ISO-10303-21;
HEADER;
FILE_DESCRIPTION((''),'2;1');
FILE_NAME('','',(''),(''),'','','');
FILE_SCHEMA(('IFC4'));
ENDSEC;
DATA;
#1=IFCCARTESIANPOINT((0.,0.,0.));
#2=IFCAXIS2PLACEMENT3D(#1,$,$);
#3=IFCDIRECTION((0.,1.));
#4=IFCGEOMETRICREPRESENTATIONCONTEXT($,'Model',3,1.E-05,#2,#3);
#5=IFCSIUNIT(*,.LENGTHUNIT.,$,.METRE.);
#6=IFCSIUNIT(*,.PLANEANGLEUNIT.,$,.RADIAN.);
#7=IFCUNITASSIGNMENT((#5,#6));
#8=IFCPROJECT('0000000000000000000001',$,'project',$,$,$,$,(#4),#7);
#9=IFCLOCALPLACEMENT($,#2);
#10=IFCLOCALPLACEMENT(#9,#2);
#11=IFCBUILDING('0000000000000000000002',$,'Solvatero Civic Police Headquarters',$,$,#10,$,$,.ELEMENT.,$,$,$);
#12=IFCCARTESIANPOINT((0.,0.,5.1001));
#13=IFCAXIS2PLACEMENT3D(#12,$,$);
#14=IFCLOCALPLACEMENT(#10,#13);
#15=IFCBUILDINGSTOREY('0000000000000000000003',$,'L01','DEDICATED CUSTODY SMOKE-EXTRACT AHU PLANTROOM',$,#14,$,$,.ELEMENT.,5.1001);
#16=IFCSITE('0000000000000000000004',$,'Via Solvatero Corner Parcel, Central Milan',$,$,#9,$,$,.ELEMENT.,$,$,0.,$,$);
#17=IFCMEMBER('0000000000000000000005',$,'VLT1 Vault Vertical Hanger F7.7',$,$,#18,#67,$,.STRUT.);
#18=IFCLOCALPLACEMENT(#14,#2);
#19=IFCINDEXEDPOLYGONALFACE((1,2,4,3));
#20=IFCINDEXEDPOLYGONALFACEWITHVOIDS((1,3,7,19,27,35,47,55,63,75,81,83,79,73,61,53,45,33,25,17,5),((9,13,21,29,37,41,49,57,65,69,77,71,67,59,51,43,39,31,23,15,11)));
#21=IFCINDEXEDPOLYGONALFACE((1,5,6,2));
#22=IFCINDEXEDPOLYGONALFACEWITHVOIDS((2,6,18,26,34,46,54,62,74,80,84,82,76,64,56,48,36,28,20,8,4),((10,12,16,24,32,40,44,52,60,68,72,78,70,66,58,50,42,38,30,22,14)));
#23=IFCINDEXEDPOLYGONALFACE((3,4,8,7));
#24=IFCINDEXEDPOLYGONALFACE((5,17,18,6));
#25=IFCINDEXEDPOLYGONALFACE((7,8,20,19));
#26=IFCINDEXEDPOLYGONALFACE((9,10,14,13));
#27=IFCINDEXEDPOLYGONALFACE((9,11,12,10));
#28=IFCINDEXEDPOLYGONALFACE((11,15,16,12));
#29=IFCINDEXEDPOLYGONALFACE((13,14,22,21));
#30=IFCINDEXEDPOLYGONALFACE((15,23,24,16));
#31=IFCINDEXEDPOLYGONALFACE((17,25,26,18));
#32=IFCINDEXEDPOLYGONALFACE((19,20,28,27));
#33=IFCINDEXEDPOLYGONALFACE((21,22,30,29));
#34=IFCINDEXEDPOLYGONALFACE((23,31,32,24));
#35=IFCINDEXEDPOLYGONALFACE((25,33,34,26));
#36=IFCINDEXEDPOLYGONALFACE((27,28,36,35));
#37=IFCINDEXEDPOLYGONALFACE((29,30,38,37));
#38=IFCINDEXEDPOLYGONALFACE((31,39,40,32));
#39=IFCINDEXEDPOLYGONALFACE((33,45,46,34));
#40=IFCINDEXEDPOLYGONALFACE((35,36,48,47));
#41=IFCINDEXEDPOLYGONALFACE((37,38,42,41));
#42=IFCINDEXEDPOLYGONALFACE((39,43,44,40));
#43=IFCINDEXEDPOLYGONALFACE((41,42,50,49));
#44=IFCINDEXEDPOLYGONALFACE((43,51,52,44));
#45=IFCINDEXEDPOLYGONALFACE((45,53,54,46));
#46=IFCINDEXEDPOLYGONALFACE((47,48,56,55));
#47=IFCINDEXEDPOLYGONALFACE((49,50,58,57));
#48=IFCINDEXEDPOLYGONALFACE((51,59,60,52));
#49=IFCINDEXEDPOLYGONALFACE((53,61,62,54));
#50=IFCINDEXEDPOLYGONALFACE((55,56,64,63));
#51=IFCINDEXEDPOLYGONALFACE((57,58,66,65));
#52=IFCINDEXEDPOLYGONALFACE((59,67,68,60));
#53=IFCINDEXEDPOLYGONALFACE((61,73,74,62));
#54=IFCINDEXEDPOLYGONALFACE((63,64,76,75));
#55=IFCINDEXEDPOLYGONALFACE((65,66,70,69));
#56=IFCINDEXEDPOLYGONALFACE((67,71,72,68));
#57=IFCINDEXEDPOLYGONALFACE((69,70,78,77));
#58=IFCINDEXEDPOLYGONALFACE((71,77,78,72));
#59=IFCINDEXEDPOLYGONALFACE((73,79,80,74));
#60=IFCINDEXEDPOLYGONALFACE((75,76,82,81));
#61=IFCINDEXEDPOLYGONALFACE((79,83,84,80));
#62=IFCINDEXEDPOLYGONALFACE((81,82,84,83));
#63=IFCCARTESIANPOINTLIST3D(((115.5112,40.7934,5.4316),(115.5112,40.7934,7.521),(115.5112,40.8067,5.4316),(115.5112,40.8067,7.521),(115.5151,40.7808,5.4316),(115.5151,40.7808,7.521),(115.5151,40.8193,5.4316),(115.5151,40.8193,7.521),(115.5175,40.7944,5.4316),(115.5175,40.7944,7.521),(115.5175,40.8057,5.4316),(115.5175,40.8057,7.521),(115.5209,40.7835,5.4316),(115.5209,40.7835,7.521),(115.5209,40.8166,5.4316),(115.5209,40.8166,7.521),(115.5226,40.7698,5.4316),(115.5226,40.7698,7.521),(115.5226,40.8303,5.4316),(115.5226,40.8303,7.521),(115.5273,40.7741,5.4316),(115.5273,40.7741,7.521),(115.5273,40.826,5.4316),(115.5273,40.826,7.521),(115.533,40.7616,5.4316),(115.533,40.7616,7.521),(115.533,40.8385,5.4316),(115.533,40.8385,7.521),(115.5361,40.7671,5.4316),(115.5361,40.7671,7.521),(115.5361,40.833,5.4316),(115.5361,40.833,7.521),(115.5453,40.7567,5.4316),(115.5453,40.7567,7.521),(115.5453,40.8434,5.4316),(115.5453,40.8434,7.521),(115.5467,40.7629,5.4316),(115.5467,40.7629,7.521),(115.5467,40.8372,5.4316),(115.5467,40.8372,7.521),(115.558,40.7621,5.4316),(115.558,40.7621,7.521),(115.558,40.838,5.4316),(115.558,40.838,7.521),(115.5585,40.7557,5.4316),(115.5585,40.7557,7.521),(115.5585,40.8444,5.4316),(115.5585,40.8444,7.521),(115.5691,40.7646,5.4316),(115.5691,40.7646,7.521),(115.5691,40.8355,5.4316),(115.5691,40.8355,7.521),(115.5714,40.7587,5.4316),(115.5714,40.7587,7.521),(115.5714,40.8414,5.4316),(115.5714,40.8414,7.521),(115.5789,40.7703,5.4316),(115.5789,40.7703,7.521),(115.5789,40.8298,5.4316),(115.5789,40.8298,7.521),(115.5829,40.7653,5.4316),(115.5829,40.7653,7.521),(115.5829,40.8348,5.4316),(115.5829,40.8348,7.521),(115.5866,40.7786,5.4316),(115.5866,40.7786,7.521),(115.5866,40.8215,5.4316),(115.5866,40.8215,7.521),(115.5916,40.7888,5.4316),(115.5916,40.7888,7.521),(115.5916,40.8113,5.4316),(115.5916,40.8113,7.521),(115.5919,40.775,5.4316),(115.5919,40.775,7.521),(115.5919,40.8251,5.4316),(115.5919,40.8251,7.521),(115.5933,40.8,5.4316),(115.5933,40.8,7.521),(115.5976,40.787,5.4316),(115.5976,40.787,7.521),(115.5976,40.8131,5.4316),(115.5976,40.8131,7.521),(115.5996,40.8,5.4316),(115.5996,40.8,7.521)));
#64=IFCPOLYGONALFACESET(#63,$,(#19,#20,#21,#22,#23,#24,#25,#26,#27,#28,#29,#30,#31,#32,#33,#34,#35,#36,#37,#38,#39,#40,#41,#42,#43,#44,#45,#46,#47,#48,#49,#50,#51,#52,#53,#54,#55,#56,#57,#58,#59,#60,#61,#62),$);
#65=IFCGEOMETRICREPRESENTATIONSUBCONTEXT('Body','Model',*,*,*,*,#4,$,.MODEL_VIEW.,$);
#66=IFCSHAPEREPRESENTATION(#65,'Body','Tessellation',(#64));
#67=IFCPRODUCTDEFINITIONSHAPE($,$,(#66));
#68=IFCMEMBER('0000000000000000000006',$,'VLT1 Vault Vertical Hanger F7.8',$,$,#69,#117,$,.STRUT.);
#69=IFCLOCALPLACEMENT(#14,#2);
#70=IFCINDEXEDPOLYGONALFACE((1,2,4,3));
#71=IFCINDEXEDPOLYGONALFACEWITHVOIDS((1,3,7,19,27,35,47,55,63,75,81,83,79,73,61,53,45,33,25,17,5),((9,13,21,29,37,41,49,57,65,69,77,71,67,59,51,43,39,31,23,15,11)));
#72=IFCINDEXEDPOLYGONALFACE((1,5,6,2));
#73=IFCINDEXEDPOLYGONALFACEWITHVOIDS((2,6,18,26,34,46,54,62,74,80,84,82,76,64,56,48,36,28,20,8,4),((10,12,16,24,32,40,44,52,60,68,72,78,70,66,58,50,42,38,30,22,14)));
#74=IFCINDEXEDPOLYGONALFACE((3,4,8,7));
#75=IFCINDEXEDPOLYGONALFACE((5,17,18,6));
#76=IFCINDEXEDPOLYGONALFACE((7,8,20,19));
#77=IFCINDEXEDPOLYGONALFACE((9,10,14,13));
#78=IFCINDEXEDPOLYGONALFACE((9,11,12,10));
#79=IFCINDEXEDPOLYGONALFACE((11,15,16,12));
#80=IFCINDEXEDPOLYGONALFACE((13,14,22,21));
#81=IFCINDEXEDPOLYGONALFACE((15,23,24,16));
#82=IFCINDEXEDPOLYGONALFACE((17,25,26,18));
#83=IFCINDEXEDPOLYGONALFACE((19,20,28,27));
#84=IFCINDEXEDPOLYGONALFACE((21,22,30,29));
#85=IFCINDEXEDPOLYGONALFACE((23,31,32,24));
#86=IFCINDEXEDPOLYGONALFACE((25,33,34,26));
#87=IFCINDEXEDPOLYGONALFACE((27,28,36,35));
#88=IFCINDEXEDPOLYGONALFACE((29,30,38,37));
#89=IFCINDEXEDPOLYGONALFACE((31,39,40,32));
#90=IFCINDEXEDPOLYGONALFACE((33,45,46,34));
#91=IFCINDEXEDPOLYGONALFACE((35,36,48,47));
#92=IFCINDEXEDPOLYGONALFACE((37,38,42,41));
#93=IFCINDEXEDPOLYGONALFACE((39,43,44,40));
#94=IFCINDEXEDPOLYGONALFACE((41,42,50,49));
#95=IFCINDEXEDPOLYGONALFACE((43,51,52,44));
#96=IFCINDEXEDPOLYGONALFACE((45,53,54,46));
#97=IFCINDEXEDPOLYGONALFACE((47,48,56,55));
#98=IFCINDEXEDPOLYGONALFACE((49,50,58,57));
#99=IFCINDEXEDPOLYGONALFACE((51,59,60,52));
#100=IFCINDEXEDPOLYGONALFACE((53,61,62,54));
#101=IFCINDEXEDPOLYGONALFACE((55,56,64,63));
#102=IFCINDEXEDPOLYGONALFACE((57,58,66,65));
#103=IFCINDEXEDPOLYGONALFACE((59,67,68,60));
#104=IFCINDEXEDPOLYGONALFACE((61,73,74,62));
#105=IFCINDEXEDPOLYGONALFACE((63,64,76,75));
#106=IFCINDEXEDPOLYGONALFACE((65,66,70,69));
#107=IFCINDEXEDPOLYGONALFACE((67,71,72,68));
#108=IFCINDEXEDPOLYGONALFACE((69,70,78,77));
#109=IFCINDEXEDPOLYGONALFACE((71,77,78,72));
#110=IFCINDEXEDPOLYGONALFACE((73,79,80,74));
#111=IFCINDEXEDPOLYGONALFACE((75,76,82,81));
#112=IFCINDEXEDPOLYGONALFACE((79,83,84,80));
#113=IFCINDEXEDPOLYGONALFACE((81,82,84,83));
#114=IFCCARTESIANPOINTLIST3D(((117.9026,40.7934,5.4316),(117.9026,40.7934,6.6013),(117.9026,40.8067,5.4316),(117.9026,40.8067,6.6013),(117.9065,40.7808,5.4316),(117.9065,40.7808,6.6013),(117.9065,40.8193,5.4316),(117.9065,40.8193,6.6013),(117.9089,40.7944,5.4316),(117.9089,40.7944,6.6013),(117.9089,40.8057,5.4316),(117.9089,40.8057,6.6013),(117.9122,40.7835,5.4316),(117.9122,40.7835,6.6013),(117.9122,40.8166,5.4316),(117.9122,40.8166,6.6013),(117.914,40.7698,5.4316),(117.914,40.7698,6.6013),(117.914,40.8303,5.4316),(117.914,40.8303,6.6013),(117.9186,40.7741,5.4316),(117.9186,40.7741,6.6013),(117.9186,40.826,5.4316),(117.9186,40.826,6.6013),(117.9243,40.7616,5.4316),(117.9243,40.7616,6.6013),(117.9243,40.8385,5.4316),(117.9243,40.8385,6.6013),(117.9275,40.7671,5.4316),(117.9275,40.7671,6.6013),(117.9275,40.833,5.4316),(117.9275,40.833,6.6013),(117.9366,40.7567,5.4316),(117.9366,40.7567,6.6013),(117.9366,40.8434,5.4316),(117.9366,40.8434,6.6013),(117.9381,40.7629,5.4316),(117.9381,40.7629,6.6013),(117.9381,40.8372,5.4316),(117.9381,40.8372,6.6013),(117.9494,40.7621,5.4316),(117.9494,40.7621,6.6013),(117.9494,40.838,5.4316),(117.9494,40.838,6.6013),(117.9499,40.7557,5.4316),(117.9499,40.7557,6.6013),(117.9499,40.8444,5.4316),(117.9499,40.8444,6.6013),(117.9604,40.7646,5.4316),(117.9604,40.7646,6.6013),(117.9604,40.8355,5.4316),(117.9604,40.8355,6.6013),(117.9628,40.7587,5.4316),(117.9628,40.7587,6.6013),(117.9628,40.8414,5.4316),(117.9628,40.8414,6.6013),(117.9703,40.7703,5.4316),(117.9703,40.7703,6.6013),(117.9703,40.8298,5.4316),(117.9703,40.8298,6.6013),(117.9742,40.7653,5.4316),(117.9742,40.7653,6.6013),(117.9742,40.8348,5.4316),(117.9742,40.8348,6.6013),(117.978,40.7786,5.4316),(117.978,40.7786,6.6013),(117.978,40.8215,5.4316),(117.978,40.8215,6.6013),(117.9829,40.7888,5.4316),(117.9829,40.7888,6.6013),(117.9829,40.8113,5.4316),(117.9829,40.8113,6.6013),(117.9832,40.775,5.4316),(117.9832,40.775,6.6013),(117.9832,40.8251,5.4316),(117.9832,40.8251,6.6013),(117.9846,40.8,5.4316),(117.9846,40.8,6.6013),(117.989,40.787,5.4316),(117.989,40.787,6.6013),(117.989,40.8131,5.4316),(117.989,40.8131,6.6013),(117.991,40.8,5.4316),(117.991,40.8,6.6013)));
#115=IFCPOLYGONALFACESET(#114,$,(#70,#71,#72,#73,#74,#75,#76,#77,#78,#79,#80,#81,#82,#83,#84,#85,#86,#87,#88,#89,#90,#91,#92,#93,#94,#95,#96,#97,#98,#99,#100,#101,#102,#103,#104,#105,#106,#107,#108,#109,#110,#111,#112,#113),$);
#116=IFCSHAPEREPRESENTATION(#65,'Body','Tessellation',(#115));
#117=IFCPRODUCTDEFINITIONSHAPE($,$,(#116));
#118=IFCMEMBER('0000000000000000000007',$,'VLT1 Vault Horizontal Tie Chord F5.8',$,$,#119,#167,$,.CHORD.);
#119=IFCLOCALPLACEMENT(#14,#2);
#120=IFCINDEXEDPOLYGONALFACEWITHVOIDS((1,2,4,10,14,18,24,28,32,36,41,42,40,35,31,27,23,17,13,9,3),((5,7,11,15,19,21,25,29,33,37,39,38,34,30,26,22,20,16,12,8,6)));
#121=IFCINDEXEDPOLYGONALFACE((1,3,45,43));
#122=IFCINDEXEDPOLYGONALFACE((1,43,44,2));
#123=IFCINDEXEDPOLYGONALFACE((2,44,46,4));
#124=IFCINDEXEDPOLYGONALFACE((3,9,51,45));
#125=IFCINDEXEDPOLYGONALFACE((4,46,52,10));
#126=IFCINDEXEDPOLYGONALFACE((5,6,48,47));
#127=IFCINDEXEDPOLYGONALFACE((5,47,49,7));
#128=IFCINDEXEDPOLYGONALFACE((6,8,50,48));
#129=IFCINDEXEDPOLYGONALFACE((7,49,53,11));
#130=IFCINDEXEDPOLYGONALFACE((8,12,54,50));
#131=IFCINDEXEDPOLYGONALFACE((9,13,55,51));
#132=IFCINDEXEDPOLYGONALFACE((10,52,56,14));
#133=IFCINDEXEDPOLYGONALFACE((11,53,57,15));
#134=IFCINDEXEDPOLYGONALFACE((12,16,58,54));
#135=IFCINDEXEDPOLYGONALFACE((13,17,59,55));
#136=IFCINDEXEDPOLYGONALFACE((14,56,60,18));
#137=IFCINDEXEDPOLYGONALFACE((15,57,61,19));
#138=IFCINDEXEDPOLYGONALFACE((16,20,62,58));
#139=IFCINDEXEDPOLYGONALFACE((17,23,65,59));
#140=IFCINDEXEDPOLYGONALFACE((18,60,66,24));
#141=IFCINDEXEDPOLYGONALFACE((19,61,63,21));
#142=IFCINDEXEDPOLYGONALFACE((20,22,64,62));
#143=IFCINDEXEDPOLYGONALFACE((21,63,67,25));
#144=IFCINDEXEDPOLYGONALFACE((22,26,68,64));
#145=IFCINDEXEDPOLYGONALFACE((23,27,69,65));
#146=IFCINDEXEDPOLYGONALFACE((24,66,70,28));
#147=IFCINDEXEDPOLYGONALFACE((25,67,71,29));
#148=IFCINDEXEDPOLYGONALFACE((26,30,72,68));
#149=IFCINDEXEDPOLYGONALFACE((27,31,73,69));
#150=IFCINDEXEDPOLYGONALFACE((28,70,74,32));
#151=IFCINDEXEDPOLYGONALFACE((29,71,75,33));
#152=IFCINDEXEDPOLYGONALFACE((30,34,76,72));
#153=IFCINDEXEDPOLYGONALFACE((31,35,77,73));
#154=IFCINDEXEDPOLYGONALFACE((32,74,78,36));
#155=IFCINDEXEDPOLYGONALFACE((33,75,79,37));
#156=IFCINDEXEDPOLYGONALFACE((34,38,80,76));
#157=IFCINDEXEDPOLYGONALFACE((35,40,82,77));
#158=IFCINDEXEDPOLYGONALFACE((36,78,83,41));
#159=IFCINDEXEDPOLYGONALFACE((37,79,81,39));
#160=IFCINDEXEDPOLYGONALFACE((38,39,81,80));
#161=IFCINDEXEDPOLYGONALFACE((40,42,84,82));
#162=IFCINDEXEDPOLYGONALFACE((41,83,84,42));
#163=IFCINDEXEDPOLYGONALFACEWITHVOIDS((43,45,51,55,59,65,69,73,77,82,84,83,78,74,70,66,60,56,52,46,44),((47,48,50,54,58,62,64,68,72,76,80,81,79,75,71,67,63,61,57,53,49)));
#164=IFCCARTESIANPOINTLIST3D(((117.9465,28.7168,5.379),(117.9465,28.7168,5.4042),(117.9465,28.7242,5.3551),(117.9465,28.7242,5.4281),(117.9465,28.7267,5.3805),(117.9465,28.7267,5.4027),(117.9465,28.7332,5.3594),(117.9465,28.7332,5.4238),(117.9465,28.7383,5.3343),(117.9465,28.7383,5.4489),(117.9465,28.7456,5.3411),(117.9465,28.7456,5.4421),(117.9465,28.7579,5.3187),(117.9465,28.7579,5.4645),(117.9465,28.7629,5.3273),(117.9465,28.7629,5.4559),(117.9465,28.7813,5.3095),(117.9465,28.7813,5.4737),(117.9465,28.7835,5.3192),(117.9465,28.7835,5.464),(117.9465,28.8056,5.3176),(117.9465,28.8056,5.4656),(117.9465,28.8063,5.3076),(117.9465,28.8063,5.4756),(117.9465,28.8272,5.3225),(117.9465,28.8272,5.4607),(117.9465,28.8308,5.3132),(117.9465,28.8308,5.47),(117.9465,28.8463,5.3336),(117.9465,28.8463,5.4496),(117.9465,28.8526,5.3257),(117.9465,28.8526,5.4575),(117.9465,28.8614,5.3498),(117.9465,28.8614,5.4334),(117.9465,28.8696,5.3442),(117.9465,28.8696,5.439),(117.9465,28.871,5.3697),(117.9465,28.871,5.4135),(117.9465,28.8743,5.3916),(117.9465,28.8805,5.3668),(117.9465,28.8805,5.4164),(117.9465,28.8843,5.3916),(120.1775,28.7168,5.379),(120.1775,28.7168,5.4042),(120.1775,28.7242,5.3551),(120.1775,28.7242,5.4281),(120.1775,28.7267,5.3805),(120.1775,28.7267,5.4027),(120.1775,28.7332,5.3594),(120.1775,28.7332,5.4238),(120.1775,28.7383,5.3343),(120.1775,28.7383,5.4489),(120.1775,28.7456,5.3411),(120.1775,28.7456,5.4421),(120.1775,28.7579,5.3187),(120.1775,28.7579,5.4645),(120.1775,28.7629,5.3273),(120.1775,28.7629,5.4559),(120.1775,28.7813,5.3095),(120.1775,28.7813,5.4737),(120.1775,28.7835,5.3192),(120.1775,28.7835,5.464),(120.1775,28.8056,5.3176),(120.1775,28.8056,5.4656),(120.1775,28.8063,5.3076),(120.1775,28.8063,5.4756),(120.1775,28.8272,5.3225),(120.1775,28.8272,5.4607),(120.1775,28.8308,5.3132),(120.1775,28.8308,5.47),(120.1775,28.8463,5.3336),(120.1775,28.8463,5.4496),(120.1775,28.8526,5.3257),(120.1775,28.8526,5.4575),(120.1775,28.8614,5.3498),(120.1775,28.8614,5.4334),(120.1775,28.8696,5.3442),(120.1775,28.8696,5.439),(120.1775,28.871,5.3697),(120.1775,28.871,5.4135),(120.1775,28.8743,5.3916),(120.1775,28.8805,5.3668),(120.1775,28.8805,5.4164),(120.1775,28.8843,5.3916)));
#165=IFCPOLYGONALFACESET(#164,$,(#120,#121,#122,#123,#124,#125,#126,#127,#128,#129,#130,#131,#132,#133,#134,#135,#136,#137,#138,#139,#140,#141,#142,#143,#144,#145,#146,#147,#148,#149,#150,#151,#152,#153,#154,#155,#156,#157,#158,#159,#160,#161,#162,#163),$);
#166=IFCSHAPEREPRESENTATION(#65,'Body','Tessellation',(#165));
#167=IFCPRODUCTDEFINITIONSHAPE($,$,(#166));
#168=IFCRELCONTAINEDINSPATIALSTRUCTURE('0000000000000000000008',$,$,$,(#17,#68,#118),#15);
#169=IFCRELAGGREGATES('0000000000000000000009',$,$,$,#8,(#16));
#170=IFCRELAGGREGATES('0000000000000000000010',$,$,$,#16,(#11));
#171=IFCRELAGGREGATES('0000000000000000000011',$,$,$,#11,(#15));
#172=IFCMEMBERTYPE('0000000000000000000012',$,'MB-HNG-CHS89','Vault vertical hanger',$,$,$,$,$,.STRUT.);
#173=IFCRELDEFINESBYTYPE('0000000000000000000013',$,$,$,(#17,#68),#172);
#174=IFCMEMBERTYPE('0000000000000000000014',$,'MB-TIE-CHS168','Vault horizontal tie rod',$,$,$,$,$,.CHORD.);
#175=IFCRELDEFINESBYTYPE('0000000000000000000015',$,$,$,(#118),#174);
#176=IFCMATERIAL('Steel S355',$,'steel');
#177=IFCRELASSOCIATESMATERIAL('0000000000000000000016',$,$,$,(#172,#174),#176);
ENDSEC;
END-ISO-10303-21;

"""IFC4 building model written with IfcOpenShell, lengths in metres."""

from ifc_helpers import new_model, si_unit, direction, frame, origin, origin_2d, place, context, subcontext, project, spatial, hollow_circle, extrude, material, material_profile, profile_set, type_object, element, save


model = new_model("IFC4")

# Units and contexts
model_context = context("Model", 3, precision=1e-05, world=origin(), true_north=direction((0.0, 1.0)))
body_context = subcontext(model_context, "Body", "Model", "MODEL_VIEW")
ifc_project = project(units=[si_unit("LENGTHUNIT", "METRE"), si_unit("PLANEANGLEUNIT", "RADIAN")], contexts=[model_context])

# Site, building, storey
site_placement = place(None, origin())
site = spatial("IfcSite", under=ifc_project, at=site_placement, Name="Via Solvatero Corner Parcel, Central Milan", CompositionType="ELEMENT", RefElevation=0.0)
building_placement = place(site_placement, origin())
building = spatial("IfcBuilding", under=site, at=building_placement, Name="Solvatero Civic Police Headquarters", CompositionType="ELEMENT")
storey_placement = place(building_placement, frame((0.0, 0.0, 5.1001)))
storey = spatial("IfcBuildingStorey", under=building, at=storey_placement, Name="L01", Description="DEDICATED CUSTODY SMOKE-EXTRACT AHU PLANTROOM", CompositionType="ELEMENT", Elevation=5.1001)

# Shared definitions
ifc_material_1 = material(Name="Steel S355", Category="steel")

# Members
ifc_material_profile_1 = material_profile(ifc_material_1, hollow_circle(Radius=0.0444, WallThickness=0.0063, at=origin_2d()), Name="CHS 88.9x6.3")
ifc_profile_set_1 = profile_set([ifc_material_profile_1], Name="Steel S355")
member_type_1 = type_object("IfcMemberType", Name="MB-HNG-CHS89", Description="Vault vertical hanger", PredefinedType="STRUT", material=ifc_profile_set_1)
member_1_placement = place(storey_placement, frame((115.5552, 40.8, 5.4316), z_axis=(0.0, 0.0, 1.0), x_axis=(1.0, 0.0, 0.0)))
element("IfcMember", 1, at=member_1_placement, inside=storey, type_object=member_type_1, Name="VLT1 Vault Vertical Hanger F7.7", PredefinedType="STRUT", context=body_context, shape_type="SweptSolid", body=[
    extrude(hollow_circle(Radius=0.0444, WallThickness=0.0063, at=origin_2d()), origin(), (0.0, 0.0, 1.0), 2.0894),
])
member_2_placement = place(storey_placement, frame((117.9465, 40.8, 5.4316), z_axis=(0.0, 0.0, 1.0), x_axis=(1.0, 0.0, 0.0)))
element("IfcMember", 2, at=member_2_placement, inside=storey, type_object=member_type_1, Name="VLT1 Vault Vertical Hanger F7.8", PredefinedType="STRUT", context=body_context, shape_type="SweptSolid", body=[
    extrude(hollow_circle(Radius=0.0444, WallThickness=0.0063, at=origin_2d()), origin(), (0.0, 0.0, 1.0), 1.1697),
])
ifc_material_profile_2 = material_profile(ifc_material_1, hollow_circle(Radius=0.0842, WallThickness=0.01, at=origin_2d()), Name="CHS 168.3x10.0")
ifc_profile_set_2 = profile_set([ifc_material_profile_2], Name="Steel S355")
member_type_2 = type_object("IfcMemberType", Name="MB-TIE-CHS168", Description="Vault horizontal tie rod", PredefinedType="CHORD", material=ifc_profile_set_2)
member_3_placement = place(storey_placement, frame((117.9465, 28.8, 5.3916), z_axis=(1.0, 0.0, 0.0), x_axis=(0.0, 1.0, 0.0)))
element("IfcMember", 3, at=member_3_placement, inside=storey, type_object=member_type_2, Name="VLT1 Vault Horizontal Tie Chord F5.8", PredefinedType="CHORD", context=body_context, shape_type="SweptSolid", body=[
    extrude(hollow_circle(Radius=0.0842, WallThickness=0.01, at=origin_2d()), origin(), (0.0, 0.0, 1.0), 2.231),
])

save(model, "model.ifc")
